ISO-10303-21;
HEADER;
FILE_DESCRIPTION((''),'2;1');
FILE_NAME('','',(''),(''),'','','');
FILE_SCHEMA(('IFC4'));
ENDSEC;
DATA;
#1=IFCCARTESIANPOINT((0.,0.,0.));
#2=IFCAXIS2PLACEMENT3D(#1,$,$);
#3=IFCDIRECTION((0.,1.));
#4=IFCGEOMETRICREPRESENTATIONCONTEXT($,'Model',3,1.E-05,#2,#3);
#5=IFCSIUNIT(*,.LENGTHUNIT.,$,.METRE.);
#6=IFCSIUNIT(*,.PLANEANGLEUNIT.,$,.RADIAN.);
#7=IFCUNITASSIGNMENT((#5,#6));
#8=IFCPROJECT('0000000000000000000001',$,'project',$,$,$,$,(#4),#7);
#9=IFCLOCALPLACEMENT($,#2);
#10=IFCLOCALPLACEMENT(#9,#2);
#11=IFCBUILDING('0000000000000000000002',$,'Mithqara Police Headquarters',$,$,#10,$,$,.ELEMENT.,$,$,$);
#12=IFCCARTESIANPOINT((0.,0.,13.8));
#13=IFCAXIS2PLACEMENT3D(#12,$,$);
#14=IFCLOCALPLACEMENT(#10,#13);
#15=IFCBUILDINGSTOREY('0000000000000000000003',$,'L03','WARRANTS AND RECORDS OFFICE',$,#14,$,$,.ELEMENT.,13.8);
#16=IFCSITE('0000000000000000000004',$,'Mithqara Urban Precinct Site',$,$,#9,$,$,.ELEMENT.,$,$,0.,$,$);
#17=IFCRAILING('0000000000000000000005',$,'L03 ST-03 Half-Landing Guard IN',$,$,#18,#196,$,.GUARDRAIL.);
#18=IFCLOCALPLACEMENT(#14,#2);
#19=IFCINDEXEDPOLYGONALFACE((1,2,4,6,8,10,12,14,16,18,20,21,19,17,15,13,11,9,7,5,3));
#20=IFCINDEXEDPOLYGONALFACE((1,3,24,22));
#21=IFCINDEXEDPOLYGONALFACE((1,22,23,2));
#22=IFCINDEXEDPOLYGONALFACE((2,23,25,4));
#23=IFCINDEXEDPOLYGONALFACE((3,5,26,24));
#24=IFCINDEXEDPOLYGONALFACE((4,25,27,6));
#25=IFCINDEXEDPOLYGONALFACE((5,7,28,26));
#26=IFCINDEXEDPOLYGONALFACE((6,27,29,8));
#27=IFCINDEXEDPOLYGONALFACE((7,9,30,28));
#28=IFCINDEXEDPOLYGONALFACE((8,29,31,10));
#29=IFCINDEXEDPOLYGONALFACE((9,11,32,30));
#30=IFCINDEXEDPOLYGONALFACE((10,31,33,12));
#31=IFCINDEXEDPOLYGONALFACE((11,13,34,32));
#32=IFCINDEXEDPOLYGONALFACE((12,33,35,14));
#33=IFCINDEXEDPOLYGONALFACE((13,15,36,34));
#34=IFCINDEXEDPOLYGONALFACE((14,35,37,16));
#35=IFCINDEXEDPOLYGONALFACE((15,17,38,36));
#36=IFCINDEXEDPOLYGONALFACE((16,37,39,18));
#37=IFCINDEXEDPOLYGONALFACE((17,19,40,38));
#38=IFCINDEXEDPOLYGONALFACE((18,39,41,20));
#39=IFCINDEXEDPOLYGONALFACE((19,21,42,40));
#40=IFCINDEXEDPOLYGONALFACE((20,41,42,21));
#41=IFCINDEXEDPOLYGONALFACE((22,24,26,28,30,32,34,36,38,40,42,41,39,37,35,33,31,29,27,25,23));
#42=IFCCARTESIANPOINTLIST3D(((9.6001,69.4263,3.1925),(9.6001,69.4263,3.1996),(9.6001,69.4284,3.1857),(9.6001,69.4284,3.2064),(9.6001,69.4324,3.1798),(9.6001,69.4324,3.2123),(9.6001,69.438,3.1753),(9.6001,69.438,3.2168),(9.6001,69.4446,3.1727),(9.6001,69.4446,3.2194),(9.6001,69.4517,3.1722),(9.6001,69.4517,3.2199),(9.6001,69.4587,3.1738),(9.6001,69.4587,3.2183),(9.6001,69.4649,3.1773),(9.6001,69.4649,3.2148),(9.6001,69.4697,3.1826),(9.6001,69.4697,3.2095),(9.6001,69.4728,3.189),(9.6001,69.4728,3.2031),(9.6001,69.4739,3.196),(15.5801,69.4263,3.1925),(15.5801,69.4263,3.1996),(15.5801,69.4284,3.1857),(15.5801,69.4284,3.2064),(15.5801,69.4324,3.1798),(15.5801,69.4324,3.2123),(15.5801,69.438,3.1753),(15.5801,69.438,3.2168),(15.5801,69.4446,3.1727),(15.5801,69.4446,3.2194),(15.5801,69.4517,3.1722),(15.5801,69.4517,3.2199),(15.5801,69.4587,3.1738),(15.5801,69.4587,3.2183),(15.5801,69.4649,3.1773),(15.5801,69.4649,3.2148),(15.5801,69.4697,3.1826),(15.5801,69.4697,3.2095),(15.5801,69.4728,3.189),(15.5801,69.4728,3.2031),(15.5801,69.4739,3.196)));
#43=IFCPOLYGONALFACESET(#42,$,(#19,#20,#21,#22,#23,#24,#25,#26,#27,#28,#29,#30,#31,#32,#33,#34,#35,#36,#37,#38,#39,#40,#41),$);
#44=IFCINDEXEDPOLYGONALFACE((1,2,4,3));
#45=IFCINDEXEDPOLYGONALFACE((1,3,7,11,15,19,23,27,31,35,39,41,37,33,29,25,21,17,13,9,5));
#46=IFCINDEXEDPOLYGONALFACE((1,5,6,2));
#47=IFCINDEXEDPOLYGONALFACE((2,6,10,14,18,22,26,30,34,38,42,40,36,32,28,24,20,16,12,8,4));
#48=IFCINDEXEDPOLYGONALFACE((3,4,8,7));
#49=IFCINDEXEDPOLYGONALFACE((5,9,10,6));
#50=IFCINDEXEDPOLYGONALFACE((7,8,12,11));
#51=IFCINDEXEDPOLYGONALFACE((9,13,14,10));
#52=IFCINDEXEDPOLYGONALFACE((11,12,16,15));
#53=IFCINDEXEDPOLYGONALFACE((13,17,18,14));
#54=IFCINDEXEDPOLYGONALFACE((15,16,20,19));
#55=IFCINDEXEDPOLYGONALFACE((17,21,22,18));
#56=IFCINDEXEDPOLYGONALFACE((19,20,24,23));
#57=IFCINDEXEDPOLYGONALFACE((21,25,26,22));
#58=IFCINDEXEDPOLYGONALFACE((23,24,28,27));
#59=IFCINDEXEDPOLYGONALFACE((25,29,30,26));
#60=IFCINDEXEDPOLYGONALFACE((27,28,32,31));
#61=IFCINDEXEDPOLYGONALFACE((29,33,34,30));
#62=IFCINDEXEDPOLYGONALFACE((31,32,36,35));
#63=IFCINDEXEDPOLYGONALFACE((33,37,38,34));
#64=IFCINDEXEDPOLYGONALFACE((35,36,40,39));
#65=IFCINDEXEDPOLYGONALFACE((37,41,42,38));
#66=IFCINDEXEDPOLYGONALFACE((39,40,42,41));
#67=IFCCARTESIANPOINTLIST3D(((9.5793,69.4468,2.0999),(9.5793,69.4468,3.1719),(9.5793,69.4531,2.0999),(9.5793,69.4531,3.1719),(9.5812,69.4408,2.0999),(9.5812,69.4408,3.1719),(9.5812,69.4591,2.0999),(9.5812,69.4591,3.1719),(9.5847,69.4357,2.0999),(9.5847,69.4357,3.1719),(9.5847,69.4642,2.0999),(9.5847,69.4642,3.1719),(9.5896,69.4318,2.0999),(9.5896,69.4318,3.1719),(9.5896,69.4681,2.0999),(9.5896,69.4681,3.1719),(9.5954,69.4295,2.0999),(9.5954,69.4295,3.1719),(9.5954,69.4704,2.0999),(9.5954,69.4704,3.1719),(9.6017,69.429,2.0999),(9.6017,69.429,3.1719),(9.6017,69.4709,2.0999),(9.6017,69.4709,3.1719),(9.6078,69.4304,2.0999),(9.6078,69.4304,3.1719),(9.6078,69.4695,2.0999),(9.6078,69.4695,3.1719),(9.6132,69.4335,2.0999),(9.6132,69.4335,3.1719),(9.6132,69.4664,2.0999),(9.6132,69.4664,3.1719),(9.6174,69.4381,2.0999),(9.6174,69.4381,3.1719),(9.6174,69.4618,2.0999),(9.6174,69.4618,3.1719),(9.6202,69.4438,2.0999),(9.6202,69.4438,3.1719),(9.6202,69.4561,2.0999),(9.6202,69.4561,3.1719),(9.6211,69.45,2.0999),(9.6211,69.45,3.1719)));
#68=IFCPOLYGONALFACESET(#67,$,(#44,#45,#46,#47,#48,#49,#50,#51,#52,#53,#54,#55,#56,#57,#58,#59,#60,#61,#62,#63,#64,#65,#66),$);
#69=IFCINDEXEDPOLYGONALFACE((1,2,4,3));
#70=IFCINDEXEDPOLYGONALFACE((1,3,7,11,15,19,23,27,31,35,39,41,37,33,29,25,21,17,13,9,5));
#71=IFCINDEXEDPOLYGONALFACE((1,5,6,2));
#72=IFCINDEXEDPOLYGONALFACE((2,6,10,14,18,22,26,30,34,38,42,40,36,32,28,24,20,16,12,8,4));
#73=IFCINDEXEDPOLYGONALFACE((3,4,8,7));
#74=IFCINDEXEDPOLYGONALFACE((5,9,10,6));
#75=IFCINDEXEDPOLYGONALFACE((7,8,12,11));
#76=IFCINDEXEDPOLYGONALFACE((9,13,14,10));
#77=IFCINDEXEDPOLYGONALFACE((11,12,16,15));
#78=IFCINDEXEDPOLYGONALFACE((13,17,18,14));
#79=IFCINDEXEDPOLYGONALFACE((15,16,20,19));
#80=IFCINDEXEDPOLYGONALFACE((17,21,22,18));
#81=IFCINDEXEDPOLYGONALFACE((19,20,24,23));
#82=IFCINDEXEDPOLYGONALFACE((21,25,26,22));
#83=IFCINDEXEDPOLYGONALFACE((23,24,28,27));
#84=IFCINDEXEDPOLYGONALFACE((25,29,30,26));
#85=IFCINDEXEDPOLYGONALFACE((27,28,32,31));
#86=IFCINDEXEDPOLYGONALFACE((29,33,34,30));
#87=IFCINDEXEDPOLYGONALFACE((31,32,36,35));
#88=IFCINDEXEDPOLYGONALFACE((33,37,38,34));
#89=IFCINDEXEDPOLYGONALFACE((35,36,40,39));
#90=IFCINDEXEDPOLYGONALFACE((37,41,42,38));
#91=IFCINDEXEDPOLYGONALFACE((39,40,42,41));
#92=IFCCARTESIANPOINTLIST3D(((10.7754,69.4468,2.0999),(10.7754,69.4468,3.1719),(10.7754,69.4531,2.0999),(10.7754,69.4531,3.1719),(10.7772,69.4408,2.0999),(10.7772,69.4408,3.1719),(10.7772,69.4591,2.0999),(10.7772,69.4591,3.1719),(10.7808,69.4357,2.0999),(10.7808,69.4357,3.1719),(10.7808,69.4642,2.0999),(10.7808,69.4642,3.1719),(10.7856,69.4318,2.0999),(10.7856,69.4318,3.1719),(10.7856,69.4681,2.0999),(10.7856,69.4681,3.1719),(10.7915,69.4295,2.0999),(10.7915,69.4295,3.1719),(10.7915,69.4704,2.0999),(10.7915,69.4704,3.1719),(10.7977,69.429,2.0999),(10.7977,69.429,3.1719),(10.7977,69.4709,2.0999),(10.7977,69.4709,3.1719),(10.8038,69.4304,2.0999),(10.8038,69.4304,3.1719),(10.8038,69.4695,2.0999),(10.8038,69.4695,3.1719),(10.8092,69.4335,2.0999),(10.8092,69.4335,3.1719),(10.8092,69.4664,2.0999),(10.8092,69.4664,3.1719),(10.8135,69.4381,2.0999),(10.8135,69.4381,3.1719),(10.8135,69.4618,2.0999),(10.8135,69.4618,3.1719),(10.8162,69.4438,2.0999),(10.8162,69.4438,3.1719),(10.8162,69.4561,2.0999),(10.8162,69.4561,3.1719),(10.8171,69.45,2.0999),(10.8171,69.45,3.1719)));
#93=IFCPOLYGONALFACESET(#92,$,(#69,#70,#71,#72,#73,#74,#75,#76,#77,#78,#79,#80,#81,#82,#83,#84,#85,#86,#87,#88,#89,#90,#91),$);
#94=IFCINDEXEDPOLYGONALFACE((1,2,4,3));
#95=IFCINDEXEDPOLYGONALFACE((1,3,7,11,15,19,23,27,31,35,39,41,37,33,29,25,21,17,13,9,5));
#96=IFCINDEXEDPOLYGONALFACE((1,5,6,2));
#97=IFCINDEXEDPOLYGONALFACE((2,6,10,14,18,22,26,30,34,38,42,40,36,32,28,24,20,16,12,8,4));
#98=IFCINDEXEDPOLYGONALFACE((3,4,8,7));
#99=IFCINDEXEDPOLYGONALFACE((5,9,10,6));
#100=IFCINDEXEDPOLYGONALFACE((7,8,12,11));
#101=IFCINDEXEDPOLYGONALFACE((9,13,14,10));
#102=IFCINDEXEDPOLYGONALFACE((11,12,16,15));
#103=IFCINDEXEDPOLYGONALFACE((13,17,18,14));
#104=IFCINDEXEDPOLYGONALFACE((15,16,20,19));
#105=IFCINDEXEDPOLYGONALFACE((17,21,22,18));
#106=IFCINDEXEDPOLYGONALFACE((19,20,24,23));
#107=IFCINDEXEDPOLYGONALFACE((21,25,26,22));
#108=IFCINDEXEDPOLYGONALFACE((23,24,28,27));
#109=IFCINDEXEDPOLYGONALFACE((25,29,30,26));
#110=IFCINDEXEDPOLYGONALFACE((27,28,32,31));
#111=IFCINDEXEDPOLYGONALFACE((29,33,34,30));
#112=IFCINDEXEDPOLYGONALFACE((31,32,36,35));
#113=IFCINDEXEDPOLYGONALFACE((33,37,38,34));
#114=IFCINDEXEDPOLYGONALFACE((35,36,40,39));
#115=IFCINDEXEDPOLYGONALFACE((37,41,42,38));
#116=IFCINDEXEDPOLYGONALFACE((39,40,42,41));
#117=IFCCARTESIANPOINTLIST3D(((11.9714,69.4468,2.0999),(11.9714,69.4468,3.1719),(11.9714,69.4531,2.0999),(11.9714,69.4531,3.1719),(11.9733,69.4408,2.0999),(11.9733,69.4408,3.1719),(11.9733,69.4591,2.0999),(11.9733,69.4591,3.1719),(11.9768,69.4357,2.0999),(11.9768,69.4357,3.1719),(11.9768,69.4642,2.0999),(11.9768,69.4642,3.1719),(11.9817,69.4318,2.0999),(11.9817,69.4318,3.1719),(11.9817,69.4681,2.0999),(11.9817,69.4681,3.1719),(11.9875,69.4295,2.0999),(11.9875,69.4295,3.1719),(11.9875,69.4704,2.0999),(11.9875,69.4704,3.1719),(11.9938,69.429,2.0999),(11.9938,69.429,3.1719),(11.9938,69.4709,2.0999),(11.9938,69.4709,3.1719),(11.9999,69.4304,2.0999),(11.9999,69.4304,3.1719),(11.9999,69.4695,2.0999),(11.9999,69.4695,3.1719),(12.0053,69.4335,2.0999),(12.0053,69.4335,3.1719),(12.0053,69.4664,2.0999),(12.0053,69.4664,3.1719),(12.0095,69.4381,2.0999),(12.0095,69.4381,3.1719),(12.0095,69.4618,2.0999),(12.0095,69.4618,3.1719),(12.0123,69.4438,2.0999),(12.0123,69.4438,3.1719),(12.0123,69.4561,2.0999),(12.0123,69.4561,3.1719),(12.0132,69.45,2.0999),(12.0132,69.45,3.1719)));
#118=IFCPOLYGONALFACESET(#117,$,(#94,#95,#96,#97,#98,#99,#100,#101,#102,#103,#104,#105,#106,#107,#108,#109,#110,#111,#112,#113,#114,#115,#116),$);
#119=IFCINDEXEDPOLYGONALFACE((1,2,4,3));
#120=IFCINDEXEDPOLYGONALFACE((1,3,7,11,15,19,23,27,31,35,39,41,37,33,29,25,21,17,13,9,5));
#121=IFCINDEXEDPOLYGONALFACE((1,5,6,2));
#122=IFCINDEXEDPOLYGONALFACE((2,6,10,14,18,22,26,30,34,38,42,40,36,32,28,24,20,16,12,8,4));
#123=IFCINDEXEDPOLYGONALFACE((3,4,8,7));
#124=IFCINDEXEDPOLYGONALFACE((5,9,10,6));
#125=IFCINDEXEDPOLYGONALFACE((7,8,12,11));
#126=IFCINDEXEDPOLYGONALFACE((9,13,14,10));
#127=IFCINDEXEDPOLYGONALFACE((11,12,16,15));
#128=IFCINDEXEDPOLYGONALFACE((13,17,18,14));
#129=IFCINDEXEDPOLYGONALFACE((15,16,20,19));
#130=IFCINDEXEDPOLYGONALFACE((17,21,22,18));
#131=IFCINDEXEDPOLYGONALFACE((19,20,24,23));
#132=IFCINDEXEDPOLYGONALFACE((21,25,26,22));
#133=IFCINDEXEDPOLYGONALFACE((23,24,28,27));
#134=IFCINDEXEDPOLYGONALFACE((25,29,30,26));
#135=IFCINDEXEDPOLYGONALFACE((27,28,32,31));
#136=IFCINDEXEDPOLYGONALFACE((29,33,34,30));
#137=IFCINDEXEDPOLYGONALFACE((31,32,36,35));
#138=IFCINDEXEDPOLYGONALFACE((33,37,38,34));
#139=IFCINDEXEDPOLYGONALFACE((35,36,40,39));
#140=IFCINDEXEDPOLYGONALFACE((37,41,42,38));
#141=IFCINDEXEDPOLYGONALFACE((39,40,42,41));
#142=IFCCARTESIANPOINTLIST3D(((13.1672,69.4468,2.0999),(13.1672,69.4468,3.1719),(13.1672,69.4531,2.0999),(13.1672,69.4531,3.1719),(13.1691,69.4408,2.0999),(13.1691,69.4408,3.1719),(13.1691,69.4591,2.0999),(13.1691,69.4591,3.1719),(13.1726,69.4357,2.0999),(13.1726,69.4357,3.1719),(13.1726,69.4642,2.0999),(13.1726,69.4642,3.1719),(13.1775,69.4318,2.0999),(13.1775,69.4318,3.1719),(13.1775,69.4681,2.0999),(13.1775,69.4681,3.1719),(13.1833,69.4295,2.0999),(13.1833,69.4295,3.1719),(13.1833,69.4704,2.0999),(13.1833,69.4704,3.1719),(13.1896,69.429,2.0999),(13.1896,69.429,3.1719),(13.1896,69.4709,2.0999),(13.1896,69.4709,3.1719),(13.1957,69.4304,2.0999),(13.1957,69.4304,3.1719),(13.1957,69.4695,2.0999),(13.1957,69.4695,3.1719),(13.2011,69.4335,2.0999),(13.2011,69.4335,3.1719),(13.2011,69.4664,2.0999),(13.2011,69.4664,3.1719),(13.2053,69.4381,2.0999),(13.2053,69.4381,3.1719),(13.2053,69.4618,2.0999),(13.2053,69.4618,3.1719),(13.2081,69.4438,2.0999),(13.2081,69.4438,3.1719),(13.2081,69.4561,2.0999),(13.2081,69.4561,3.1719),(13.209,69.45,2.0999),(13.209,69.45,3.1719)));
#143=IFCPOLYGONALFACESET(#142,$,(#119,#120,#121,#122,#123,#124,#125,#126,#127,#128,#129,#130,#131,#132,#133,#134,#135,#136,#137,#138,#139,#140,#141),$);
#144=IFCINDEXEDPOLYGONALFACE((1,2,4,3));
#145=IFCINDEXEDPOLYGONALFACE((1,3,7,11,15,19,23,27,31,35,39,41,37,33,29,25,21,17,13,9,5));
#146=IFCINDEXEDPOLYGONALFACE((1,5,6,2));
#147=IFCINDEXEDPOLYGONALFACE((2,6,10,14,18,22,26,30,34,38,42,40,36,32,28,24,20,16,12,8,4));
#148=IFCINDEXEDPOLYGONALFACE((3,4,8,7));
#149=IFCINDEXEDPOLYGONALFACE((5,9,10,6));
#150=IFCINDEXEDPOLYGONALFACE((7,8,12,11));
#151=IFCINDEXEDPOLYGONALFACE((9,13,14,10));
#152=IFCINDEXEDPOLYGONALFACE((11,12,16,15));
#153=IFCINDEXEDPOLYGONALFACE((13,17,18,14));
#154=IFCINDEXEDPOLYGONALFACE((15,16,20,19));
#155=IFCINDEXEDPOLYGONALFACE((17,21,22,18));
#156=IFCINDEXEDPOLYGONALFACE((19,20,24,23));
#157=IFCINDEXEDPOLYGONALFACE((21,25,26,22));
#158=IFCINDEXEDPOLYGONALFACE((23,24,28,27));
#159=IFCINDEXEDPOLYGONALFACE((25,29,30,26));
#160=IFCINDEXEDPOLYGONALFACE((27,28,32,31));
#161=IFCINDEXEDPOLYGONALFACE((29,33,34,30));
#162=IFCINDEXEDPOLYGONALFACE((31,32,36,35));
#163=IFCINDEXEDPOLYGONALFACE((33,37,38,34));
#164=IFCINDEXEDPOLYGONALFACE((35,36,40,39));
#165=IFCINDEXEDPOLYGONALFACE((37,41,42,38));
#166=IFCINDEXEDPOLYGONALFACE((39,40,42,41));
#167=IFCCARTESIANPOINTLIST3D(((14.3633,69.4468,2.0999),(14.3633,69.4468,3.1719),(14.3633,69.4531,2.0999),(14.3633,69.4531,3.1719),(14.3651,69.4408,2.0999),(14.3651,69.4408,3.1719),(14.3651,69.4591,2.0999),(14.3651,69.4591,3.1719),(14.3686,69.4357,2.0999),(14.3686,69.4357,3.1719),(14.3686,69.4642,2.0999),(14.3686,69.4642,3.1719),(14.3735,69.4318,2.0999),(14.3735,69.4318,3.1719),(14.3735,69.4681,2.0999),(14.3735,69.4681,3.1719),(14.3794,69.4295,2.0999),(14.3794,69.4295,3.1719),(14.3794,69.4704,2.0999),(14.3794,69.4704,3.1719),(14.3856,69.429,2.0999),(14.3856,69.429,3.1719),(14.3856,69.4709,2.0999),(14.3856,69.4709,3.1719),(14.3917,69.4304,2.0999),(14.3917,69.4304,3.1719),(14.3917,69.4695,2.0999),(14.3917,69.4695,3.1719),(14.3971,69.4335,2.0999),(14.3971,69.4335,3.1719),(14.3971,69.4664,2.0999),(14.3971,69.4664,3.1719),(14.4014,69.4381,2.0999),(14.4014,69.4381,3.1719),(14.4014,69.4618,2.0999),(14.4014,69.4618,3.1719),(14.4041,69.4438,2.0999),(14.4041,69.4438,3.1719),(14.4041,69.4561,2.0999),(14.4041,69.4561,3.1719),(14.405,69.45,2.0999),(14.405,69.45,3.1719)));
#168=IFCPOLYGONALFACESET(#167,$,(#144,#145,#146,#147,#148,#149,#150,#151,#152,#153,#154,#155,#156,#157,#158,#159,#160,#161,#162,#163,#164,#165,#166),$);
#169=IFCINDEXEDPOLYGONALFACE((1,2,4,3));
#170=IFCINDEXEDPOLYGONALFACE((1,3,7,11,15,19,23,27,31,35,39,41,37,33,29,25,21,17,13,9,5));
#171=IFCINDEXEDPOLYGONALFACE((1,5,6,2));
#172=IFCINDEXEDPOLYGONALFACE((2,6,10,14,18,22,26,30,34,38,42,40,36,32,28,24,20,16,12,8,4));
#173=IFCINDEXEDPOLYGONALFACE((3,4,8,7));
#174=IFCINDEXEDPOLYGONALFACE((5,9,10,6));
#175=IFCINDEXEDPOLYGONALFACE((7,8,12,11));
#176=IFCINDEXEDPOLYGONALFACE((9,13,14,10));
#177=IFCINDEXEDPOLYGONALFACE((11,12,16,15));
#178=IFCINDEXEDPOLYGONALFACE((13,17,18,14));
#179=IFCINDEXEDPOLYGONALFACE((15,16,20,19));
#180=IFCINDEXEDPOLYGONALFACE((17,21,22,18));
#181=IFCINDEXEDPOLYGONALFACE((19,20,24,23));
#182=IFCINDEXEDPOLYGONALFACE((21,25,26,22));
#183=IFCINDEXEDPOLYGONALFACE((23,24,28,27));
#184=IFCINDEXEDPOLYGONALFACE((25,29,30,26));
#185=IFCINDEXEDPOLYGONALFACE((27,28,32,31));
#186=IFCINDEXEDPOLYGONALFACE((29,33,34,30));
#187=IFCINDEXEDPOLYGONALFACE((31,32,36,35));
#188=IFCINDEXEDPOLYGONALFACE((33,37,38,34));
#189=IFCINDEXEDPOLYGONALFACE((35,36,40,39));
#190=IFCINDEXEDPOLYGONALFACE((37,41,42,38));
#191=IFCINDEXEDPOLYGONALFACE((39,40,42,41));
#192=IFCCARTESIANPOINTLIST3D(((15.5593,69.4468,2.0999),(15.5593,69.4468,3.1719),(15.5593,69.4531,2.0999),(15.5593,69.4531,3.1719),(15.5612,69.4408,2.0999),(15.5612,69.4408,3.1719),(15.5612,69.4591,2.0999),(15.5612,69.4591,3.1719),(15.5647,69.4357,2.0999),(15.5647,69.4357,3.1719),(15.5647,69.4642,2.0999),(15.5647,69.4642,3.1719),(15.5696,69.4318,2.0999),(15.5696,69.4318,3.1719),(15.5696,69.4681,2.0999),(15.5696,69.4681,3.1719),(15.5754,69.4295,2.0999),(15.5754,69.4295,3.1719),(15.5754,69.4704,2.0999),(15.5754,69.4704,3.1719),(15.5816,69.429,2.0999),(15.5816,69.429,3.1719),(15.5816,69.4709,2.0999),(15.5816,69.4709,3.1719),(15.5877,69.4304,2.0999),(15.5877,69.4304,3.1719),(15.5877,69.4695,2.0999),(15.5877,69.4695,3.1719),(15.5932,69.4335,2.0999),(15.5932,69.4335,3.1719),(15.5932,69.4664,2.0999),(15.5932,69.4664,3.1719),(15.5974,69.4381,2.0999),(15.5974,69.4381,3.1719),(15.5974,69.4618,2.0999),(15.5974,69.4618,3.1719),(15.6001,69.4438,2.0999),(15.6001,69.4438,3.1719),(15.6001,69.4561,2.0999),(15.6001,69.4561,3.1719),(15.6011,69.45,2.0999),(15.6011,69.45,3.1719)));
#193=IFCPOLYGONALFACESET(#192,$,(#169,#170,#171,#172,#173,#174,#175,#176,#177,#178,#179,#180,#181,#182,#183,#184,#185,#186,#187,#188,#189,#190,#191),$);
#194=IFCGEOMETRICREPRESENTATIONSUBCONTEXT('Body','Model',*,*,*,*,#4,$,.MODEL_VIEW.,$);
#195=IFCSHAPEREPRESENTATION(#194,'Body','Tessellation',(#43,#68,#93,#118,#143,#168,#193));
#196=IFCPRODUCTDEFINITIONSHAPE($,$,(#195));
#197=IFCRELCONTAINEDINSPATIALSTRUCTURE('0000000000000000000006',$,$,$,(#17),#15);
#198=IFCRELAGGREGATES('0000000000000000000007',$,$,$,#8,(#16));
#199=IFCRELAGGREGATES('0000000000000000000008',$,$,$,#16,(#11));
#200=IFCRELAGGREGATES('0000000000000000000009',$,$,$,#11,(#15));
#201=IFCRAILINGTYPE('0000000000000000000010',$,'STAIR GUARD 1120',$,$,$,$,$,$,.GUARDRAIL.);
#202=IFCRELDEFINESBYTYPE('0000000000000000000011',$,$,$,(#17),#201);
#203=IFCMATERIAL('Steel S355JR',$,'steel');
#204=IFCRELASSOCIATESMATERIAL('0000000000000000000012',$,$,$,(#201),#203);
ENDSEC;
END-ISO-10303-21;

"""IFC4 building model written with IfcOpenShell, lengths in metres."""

from ifc_helpers import new_model, si_unit, direction, frame, origin, origin_2d, place, context, subcontext, project, spatial, circle, extrude, material, type_object, element, save


model = new_model("IFC4")

# Units and contexts
model_context = context("Model", 3, precision=1e-05, world=origin(), true_north=direction((0.0, 1.0)))
body_context = subcontext(model_context, "Body", "Model", "MODEL_VIEW")
ifc_project = project(units=[si_unit("LENGTHUNIT", "METRE"), si_unit("PLANEANGLEUNIT", "RADIAN")], contexts=[model_context])

# Site, building, storey
site_placement = place(None, origin())
site = spatial("IfcSite", under=ifc_project, at=site_placement, Name="Mithqara Urban Precinct Site", CompositionType="ELEMENT", RefElevation=0.0)
building_placement = place(site_placement, origin())
building = spatial("IfcBuilding", under=site, at=building_placement, Name="Mithqara Police Headquarters", CompositionType="ELEMENT")
storey_placement = place(building_placement, frame((0.0, 0.0, 13.8)))
storey = spatial("IfcBuildingStorey", under=building, at=storey_placement, Name="L03", Description="WARRANTS AND RECORDS OFFICE", CompositionType="ELEMENT", Elevation=13.8)

# Shared definitions
ifc_material_1 = material(Name="Steel S355JR", Category="steel")

# Railing
railing_type_1 = type_object("IfcRailingType", Name="STAIR GUARD 1120", PredefinedType="GUARDRAIL", material=ifc_material_1)
for number, where, name in (
    (1, (9.6001, 69.45, 2.0999), "L03 ST-03 Half-Landing Guard IN"),
):
    element("IfcRailing", number, at=place(storey_placement, frame(where)), inside=storey, type_object=railing_type_1, Name=name, PredefinedType="GUARDRAIL", context=body_context, shape_type="SweptSolid", body=[
        extrude(circle(Radius=0.0239, at=origin_2d()), frame((0.0, 0.0, 1.0962), z_axis=(1.0, 0.0, 0.0), x_axis=(0.0, 1.0, 0.0)), (0.0, 0.0, 1.0), 5.98),
        extrude(circle(Radius=0.021, at=origin_2d()), origin(), (0.0, 0.0, 1.0), 1.072),
        extrude(circle(Radius=0.021, at=origin_2d()), frame((1.196, 0.0, 0.0)), (0.0, 0.0, 1.0), 1.072),
        extrude(circle(Radius=0.021, at=origin_2d()), frame((2.3921, 0.0, 0.0)), (0.0, 0.0, 1.0), 1.072),
        extrude(circle(Radius=0.021, at=origin_2d()), frame((3.5879, 0.0, 0.0)), (0.0, 0.0, 1.0), 1.072),
        extrude(circle(Radius=0.021, at=origin_2d()), frame((4.7839, 0.0, 0.0)), (0.0, 0.0, 1.0), 1.072),
        extrude(circle(Radius=0.021, at=origin_2d()), frame((5.98, 0.0, 0.0)), (0.0, 0.0, 1.0), 1.072),
    ])

save(model, "model.ifc")
